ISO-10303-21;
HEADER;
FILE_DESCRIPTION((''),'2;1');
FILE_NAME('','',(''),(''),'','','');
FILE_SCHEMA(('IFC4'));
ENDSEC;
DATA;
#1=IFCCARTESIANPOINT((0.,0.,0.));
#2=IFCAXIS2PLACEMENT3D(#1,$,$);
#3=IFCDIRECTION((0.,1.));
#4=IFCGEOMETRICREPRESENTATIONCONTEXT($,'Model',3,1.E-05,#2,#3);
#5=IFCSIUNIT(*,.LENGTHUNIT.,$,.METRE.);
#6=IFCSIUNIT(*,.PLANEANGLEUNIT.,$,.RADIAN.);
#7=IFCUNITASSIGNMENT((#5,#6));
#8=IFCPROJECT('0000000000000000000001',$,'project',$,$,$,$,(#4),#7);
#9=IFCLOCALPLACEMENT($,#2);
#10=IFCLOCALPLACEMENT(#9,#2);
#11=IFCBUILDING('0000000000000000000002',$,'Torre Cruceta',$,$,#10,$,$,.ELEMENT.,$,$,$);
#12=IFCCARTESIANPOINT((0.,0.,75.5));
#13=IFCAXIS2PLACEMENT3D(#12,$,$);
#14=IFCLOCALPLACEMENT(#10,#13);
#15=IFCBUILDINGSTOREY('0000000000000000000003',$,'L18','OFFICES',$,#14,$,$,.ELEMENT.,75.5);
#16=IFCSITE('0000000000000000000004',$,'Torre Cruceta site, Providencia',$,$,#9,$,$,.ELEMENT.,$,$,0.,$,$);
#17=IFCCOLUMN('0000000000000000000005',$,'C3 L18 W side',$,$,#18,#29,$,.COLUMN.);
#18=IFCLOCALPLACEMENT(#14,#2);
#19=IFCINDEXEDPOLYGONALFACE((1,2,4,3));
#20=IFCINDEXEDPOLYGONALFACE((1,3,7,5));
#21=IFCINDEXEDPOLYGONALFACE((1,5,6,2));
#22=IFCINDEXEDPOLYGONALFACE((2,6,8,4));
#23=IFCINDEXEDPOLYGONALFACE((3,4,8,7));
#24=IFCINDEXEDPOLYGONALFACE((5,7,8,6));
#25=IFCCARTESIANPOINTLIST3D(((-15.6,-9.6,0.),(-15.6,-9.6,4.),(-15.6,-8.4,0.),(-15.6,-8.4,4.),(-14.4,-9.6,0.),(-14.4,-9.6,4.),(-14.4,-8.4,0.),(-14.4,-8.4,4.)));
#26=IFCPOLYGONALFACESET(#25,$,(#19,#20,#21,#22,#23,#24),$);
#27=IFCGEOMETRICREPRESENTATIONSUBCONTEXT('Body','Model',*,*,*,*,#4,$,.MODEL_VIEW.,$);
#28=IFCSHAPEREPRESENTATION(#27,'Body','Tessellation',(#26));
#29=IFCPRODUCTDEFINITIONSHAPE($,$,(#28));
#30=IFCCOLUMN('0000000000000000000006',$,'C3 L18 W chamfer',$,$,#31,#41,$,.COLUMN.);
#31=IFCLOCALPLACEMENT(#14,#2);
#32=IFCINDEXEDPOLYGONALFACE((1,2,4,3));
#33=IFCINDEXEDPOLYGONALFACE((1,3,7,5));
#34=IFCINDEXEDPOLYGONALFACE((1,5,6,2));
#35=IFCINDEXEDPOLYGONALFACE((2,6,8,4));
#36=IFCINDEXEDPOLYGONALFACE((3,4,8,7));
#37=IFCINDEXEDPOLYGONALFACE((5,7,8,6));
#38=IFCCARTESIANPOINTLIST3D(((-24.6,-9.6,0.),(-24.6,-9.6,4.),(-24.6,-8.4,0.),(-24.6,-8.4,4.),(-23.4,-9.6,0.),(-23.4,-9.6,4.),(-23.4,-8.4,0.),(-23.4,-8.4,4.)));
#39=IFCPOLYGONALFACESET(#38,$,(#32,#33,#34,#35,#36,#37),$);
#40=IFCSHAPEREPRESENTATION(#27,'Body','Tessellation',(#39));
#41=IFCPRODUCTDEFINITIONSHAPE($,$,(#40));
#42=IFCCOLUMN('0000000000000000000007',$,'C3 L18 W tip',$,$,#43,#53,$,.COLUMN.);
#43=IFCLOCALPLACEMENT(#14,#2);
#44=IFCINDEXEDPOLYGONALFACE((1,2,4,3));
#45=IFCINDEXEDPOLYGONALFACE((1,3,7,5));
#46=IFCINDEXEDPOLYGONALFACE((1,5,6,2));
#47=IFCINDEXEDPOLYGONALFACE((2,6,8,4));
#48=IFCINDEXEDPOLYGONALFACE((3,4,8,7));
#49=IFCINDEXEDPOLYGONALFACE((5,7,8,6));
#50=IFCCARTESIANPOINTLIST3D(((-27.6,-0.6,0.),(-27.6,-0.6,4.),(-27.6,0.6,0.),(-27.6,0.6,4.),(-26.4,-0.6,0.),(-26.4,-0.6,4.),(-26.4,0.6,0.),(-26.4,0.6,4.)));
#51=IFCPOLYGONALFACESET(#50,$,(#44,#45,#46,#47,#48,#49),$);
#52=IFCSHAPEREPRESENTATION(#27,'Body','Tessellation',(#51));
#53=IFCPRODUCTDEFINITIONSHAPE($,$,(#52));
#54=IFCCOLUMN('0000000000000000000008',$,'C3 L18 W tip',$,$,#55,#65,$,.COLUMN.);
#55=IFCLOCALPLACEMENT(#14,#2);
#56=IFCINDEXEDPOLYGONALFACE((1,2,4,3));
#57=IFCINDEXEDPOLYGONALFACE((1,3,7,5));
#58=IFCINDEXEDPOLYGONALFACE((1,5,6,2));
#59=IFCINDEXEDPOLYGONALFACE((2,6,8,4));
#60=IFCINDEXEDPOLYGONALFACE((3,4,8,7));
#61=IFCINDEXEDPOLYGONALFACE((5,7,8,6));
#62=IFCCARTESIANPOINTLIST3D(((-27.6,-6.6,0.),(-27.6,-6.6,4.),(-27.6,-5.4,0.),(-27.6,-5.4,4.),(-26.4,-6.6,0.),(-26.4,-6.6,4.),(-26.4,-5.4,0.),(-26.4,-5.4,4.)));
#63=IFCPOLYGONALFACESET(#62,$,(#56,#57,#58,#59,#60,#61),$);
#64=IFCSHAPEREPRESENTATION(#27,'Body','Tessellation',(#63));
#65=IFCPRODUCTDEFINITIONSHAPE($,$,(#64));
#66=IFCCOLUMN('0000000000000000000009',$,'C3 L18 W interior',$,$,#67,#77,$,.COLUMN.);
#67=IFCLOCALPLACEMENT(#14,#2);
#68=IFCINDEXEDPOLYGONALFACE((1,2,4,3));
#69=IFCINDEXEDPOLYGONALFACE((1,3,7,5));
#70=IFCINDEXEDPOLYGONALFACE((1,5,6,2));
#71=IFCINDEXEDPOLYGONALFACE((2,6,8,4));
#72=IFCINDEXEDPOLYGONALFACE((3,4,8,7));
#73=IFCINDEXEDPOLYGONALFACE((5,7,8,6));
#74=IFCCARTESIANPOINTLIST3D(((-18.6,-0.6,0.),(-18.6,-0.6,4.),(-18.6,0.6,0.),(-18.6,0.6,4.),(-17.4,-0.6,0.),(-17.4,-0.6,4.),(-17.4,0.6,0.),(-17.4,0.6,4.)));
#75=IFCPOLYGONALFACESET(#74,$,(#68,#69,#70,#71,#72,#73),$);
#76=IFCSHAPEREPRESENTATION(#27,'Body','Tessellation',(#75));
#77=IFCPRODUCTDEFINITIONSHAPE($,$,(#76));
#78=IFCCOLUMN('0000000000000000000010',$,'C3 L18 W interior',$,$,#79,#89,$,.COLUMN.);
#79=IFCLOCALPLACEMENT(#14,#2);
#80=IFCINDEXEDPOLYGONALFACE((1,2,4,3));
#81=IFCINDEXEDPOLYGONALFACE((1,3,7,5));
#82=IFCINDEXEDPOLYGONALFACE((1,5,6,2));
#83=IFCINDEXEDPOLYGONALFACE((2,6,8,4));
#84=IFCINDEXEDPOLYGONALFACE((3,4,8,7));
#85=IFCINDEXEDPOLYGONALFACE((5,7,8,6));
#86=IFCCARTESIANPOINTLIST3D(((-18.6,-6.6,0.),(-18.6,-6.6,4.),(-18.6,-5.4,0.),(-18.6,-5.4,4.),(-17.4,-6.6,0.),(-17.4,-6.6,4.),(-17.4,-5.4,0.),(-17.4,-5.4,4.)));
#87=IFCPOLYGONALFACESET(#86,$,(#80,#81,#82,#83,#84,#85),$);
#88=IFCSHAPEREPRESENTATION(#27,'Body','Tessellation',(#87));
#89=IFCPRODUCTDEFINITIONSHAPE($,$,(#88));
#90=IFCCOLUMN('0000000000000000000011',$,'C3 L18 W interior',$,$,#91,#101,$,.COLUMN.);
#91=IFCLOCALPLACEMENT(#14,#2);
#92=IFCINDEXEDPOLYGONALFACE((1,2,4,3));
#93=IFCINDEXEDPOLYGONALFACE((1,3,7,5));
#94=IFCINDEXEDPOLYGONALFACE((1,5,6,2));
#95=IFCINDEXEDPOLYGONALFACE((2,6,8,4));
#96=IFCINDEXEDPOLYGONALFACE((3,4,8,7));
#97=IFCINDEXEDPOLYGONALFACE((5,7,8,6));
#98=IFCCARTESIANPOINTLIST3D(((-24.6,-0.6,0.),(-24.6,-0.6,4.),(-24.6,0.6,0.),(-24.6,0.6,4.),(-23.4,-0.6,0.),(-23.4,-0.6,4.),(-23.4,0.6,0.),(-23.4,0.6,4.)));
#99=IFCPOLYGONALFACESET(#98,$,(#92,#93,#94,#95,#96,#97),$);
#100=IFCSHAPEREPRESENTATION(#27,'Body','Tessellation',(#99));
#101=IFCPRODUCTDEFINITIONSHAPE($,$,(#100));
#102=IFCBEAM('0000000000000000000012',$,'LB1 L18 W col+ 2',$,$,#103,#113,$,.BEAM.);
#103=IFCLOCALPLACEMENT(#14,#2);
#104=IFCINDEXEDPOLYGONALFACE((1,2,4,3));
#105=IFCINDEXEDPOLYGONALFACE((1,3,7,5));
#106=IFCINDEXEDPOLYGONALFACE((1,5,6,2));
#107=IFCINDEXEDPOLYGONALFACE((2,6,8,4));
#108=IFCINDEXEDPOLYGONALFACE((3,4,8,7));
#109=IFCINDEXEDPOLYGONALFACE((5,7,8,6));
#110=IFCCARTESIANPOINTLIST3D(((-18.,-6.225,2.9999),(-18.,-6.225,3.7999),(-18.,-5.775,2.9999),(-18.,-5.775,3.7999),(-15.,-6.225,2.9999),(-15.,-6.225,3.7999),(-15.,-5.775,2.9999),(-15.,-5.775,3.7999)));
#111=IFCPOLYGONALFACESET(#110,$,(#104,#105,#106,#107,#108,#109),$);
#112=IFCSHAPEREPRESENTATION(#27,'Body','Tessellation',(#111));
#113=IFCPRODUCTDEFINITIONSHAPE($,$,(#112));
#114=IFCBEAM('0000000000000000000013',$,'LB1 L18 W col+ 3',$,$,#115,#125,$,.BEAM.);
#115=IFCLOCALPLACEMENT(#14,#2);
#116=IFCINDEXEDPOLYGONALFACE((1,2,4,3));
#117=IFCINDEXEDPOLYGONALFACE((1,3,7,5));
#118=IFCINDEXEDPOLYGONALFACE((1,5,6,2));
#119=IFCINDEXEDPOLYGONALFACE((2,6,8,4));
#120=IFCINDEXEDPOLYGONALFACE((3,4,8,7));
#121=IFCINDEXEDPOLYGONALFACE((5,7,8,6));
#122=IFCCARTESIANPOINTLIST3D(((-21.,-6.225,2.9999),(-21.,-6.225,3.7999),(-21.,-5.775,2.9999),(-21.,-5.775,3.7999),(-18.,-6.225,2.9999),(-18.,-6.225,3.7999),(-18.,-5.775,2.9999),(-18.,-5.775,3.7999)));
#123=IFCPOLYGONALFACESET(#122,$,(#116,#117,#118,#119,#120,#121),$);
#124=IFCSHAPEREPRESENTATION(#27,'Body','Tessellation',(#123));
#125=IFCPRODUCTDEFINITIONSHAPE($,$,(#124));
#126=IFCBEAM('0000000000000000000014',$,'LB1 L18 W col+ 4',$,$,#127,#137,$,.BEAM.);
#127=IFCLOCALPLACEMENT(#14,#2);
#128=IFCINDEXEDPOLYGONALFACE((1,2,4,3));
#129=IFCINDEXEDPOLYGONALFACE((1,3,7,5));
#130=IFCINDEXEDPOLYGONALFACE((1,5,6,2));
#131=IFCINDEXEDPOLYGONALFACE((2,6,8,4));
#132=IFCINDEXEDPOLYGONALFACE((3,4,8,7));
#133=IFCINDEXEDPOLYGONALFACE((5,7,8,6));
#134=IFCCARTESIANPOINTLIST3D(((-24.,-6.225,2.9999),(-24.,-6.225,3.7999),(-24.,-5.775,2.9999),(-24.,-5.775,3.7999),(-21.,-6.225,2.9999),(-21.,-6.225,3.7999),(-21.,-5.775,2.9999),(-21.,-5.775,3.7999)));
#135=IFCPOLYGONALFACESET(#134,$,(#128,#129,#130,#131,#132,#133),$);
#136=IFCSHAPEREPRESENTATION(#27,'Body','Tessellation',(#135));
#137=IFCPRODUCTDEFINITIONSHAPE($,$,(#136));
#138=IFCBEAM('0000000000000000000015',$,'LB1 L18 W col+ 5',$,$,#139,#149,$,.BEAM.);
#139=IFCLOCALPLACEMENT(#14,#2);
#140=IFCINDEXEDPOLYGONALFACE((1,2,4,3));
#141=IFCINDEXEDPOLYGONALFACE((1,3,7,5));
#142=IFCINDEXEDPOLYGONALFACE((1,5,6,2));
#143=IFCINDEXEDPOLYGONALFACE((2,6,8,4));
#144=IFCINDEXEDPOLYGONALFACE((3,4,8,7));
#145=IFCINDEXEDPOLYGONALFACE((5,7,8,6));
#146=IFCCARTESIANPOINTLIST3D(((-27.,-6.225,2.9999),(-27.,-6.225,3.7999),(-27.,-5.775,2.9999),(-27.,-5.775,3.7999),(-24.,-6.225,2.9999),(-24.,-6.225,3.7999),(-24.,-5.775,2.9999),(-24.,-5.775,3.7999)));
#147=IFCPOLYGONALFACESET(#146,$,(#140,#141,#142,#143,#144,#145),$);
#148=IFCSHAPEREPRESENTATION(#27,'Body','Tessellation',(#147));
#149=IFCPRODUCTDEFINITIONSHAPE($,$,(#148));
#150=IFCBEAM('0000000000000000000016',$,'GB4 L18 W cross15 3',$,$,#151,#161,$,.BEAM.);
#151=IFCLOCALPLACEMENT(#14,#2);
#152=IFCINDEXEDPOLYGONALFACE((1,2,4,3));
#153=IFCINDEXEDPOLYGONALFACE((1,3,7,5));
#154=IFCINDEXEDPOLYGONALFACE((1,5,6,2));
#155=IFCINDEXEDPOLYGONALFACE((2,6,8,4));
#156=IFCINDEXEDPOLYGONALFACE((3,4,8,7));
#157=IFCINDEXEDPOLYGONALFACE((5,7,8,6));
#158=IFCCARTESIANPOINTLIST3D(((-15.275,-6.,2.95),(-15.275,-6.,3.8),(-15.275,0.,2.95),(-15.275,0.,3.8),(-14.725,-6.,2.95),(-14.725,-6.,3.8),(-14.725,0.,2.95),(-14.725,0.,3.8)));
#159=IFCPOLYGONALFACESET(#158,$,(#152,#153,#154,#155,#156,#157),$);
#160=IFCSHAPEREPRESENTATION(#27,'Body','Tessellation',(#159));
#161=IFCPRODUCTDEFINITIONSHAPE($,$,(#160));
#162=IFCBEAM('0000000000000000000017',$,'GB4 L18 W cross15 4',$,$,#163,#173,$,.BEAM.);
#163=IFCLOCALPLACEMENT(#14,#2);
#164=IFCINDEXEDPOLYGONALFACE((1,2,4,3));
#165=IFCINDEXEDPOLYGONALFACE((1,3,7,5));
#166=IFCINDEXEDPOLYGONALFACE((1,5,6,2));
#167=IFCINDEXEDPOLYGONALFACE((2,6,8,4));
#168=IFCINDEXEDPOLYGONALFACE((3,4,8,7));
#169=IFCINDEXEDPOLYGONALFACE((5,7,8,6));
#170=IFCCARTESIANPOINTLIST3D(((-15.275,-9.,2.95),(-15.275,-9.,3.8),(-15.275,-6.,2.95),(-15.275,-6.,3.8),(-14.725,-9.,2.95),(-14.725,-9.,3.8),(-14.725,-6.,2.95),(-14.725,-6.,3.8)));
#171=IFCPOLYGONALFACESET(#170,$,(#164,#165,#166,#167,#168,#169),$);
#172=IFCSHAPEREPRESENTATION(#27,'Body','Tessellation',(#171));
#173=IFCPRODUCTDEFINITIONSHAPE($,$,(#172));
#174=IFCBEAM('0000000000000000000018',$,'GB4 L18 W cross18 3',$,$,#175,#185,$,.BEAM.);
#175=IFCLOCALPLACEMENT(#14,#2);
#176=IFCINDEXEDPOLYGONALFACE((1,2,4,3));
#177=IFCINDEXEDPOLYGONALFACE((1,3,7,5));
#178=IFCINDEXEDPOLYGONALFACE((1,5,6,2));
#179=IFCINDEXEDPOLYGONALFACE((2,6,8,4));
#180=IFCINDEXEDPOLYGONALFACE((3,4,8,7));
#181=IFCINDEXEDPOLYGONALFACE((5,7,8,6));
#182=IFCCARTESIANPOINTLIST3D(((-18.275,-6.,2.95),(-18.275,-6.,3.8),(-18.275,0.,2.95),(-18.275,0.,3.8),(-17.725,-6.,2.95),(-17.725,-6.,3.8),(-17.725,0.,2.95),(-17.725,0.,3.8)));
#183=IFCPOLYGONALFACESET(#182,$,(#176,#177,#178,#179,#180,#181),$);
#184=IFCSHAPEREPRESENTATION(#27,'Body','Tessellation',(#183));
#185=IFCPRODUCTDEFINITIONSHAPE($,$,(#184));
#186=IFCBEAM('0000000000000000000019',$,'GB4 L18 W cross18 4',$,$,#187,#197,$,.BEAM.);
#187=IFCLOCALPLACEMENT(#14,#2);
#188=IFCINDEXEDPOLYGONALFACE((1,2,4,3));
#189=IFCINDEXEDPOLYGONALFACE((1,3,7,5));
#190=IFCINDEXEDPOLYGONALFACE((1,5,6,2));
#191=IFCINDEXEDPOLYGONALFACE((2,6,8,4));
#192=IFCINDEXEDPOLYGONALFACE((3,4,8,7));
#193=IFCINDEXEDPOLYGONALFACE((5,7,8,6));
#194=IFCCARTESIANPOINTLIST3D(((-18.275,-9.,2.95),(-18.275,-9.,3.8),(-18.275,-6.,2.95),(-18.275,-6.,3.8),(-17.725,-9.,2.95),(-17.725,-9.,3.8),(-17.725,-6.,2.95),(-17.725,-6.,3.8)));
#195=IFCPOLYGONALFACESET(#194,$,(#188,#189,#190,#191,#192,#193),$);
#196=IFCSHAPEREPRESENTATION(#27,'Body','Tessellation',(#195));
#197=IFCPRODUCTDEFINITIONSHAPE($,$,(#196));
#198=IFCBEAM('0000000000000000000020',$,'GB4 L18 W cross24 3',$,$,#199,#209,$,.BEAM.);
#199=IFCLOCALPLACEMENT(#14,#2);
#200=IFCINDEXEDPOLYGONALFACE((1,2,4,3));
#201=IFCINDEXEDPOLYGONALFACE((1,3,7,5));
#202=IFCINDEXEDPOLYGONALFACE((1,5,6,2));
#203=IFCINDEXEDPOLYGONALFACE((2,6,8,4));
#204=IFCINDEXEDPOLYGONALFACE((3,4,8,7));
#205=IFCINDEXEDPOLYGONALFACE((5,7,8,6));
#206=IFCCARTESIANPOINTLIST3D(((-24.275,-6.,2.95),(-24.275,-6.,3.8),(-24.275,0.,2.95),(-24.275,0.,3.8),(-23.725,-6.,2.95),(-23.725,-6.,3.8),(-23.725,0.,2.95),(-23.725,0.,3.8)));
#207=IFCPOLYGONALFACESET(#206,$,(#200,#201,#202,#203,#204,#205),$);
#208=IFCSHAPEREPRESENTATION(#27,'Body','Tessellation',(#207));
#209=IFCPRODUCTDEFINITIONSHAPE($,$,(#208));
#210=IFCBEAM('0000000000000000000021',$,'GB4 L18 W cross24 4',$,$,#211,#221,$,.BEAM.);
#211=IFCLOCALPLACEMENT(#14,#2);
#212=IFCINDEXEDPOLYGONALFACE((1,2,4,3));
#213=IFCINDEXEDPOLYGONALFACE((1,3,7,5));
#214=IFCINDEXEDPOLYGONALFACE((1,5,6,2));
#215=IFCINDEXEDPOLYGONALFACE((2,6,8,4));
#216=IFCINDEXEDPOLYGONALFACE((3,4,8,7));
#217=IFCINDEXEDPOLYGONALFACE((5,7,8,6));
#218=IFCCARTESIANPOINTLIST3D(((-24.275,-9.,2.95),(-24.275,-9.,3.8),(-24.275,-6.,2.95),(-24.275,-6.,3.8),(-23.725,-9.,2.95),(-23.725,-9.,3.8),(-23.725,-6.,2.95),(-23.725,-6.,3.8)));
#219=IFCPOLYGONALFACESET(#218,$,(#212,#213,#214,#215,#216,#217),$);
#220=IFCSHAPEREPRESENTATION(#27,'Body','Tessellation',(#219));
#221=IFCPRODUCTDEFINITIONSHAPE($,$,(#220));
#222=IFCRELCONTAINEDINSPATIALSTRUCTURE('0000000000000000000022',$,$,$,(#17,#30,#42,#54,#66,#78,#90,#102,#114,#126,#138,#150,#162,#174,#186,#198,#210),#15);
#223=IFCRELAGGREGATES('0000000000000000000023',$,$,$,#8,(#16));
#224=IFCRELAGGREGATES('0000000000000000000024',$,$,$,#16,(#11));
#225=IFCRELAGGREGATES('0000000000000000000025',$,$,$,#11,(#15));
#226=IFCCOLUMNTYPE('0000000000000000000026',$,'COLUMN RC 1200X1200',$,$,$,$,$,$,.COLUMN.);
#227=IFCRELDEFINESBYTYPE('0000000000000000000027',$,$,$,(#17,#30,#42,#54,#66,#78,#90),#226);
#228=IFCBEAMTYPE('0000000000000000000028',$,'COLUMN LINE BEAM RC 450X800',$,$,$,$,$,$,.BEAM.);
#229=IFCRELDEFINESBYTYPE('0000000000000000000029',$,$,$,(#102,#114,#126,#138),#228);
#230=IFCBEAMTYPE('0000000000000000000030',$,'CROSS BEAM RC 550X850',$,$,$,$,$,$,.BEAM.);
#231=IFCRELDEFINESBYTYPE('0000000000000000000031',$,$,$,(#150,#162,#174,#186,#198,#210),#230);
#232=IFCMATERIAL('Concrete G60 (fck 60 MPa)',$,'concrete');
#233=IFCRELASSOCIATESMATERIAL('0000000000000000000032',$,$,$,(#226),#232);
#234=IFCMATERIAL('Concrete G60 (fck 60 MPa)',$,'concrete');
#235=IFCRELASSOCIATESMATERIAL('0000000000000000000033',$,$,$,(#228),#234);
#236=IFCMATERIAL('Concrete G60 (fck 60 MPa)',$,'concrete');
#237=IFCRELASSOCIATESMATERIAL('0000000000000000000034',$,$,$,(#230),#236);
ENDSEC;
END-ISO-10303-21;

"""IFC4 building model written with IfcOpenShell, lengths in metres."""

from ifc_helpers import new_model, si_unit, direction, frame, origin, origin_2d, place, context, subcontext, project, spatial, rectangle, extrude, material, material_profile, profile_set, type_object, element, save


model = new_model("IFC4")

# Units and contexts
model_context = context("Model", 3, precision=1e-05, world=origin(), true_north=direction((0.0, 1.0)))
body_context = subcontext(model_context, "Body", "Model", "MODEL_VIEW")
ifc_project = project(units=[si_unit("LENGTHUNIT", "METRE"), si_unit("PLANEANGLEUNIT", "RADIAN")], contexts=[model_context])

# Site, building, storey
site_placement = place(None, origin())
site = spatial("IfcSite", under=ifc_project, at=site_placement, Name="Torre Cruceta site, Providencia", CompositionType="ELEMENT", RefElevation=0.0)
building_placement = place(site_placement, origin())
building = spatial("IfcBuilding", under=site, at=building_placement, Name="Torre Cruceta", CompositionType="ELEMENT")
storey_placement = place(building_placement, frame((0.0, 0.0, 75.5)))
storey = spatial("IfcBuildingStorey", under=building, at=storey_placement, Name="L18", Description="OFFICES", CompositionType="ELEMENT", Elevation=75.5)

# Columns
ifc_material_1 = material(Name="Concrete G60 (fck 60 MPa)", Category="concrete")
ifc_material_profile_1 = material_profile(ifc_material_1, rectangle(XDim=1.2, YDim=1.2, at=origin_2d()), Name="RC 1200X1200")
ifc_profile_set_1 = profile_set([ifc_material_profile_1], Name="Concrete G60 (fck 60 MPa)")
column_type = type_object("IfcColumnType", Name="COLUMN RC 1200X1200", PredefinedType="COLUMN", material=ifc_profile_set_1)
for number, where, z_axis, x_axis, name in (
    (1, (-15.0, -9.0, 0.0), (0.0, 0.0, 1.0), (1.0, 0.0, 0.0), "C3 L18 W side"),
    (2, (-24.0, -9.0, 0.0), (0.0, 0.0, 1.0), (1.0, 0.0, 0.0), "C3 L18 W chamfer"),
    (3, (-27.0, 0.0, 0.0), (0.0, 0.0, 1.0), (1.0, 0.0, 0.0), "C3 L18 W tip"),
    (4, (-27.0, -6.0, 0.0), (0.0, 0.0, 1.0), (1.0, 0.0, 0.0), "C3 L18 W tip"),
    (5, (-18.0, 0.0, 0.0), (0.0, 0.0, 1.0), (1.0, 0.0, 0.0), "C3 L18 W interior"),
    (6, (-18.0, -6.0, 0.0), (0.0, 0.0, 1.0), (1.0, 0.0, 0.0), "C3 L18 W interior"),
    (7, (-24.0, 0.0, 0.0), (0.0, 0.0, 1.0), (1.0, 0.0, 0.0), "C3 L18 W interior"),
):
    element("IfcColumn", number, at=place(storey_placement, frame(where, z_axis=z_axis, x_axis=x_axis)), inside=storey, type_object=column_type, Name=name, PredefinedType="COLUMN", context=body_context, shape_type="SweptSolid", body=[
        extrude(rectangle(XDim=1.2, YDim=1.2, at=origin_2d()), origin(), (0.0, 0.0, 1.0), 4.0),
    ])

# Beams
ifc_material_2 = material(Name="Concrete G60 (fck 60 MPa)", Category="concrete")
ifc_material_profile_2 = material_profile(ifc_material_2, rectangle(XDim=0.45, YDim=0.8, at=origin_2d()), Name="RC 450X800")
ifc_profile_set_2 = profile_set([ifc_material_profile_2], Name="Concrete G60 (fck 60 MPa)")
beam_type_1 = type_object("IfcBeamType", Name="COLUMN LINE BEAM RC 450X800", PredefinedType="BEAM", material=ifc_profile_set_2)
for number, where, z_axis, x_axis, name in (
    (8, (-15.0, -6.0, 3.3999), (-1.0, 0.0, 0.0), (0.0, -1.0, 0.0), "LB1 L18 W col+ 2"),
    (9, (-18.0, -6.0, 3.3999), (-1.0, 0.0, 0.0), (0.0, -1.0, 0.0), "LB1 L18 W col+ 3"),
    (10, (-21.0, -6.0, 3.3999), (-1.0, 0.0, 0.0), (0.0, -1.0, 0.0), "LB1 L18 W col+ 4"),
    (11, (-24.0, -6.0, 3.3999), (-1.0, 0.0, 0.0), (0.0, -1.0, 0.0), "LB1 L18 W col+ 5"),
):
    element("IfcBeam", number, at=place(storey_placement, frame(where, z_axis=z_axis, x_axis=x_axis)), inside=storey, type_object=beam_type_1, Name=name, PredefinedType="BEAM", context=body_context, shape_type="SweptSolid", body=[
        extrude(rectangle(XDim=0.45, YDim=0.8, at=origin_2d()), origin(), (0.0, 0.0, 1.0), 3.0),
    ])
ifc_material_3 = material(Name="Concrete G60 (fck 60 MPa)", Category="concrete")
ifc_material_profile_3 = material_profile(ifc_material_3, rectangle(XDim=0.55, YDim=0.8501, at=origin_2d()), Name="RC 550X850")
ifc_profile_set_3 = profile_set([ifc_material_profile_3], Name="Concrete G60 (fck 60 MPa)")
beam_type_2 = type_object("IfcBeamType", Name="CROSS BEAM RC 550X850", PredefinedType="BEAM", material=ifc_profile_set_3)
beam_1_placement = place(storey_placement, frame((-15.0, 0.0, 3.375), z_axis=(0.0, -1.0, 0.0), x_axis=(1.0, 0.0, 0.0)))
element("IfcBeam", 12, at=beam_1_placement, inside=storey, type_object=beam_type_2, Name="GB4 L18 W cross15 3", PredefinedType="BEAM", context=body_context, shape_type="SweptSolid", body=[
    extrude(rectangle(XDim=0.55, YDim=0.8501, at=origin_2d()), origin(), (0.0, 0.0, 1.0), 6.0),
])
beam_2_placement = place(storey_placement, frame((-15.0, -6.0, 3.375), z_axis=(0.0, -1.0, 0.0), x_axis=(1.0, 0.0, 0.0)))
element("IfcBeam", 13, at=beam_2_placement, inside=storey, type_object=beam_type_2, Name="GB4 L18 W cross15 4", PredefinedType="BEAM", context=body_context, shape_type="SweptSolid", body=[
    extrude(rectangle(XDim=0.55, YDim=0.8501, at=origin_2d()), origin(), (0.0, 0.0, 1.0), 3.0),
])
beam_3_placement = place(storey_placement, frame((-18.0, 0.0, 3.375), z_axis=(0.0, -1.0, 0.0), x_axis=(1.0, 0.0, 0.0)))
element("IfcBeam", 14, at=beam_3_placement, inside=storey, type_object=beam_type_2, Name="GB4 L18 W cross18 3", PredefinedType="BEAM", context=body_context, shape_type="SweptSolid", body=[
    extrude(rectangle(XDim=0.55, YDim=0.8501, at=origin_2d()), origin(), (0.0, 0.0, 1.0), 6.0),
])
beam_4_placement = place(storey_placement, frame((-18.0, -6.0, 3.375), z_axis=(0.0, -1.0, 0.0), x_axis=(1.0, 0.0, 0.0)))
element("IfcBeam", 15, at=beam_4_placement, inside=storey, type_object=beam_type_2, Name="GB4 L18 W cross18 4", PredefinedType="BEAM", context=body_context, shape_type="SweptSolid", body=[
    extrude(rectangle(XDim=0.55, YDim=0.8501, at=origin_2d()), origin(), (0.0, 0.0, 1.0), 3.0),
])
beam_5_placement = place(storey_placement, frame((-24.0, 0.0, 3.375), z_axis=(0.0, -1.0, 0.0), x_axis=(1.0, 0.0, 0.0)))
element("IfcBeam", 16, at=beam_5_placement, inside=storey, type_object=beam_type_2, Name="GB4 L18 W cross24 3", PredefinedType="BEAM", context=body_context, shape_type="SweptSolid", body=[
    extrude(rectangle(XDim=0.55, YDim=0.8501, at=origin_2d()), origin(), (0.0, 0.0, 1.0), 6.0),
])
beam_6_placement = place(storey_placement, frame((-24.0, -6.0, 3.375), z_axis=(0.0, -1.0, 0.0), x_axis=(1.0, 0.0, 0.0)))
element("IfcBeam", 17, at=beam_6_placement, inside=storey, type_object=beam_type_2, Name="GB4 L18 W cross24 4", PredefinedType="BEAM", context=body_context, shape_type="SweptSolid", body=[
    extrude(rectangle(XDim=0.55, YDim=0.8501, at=origin_2d()), origin(), (0.0, 0.0, 1.0), 3.0),
])

save(model, "model.ifc")
